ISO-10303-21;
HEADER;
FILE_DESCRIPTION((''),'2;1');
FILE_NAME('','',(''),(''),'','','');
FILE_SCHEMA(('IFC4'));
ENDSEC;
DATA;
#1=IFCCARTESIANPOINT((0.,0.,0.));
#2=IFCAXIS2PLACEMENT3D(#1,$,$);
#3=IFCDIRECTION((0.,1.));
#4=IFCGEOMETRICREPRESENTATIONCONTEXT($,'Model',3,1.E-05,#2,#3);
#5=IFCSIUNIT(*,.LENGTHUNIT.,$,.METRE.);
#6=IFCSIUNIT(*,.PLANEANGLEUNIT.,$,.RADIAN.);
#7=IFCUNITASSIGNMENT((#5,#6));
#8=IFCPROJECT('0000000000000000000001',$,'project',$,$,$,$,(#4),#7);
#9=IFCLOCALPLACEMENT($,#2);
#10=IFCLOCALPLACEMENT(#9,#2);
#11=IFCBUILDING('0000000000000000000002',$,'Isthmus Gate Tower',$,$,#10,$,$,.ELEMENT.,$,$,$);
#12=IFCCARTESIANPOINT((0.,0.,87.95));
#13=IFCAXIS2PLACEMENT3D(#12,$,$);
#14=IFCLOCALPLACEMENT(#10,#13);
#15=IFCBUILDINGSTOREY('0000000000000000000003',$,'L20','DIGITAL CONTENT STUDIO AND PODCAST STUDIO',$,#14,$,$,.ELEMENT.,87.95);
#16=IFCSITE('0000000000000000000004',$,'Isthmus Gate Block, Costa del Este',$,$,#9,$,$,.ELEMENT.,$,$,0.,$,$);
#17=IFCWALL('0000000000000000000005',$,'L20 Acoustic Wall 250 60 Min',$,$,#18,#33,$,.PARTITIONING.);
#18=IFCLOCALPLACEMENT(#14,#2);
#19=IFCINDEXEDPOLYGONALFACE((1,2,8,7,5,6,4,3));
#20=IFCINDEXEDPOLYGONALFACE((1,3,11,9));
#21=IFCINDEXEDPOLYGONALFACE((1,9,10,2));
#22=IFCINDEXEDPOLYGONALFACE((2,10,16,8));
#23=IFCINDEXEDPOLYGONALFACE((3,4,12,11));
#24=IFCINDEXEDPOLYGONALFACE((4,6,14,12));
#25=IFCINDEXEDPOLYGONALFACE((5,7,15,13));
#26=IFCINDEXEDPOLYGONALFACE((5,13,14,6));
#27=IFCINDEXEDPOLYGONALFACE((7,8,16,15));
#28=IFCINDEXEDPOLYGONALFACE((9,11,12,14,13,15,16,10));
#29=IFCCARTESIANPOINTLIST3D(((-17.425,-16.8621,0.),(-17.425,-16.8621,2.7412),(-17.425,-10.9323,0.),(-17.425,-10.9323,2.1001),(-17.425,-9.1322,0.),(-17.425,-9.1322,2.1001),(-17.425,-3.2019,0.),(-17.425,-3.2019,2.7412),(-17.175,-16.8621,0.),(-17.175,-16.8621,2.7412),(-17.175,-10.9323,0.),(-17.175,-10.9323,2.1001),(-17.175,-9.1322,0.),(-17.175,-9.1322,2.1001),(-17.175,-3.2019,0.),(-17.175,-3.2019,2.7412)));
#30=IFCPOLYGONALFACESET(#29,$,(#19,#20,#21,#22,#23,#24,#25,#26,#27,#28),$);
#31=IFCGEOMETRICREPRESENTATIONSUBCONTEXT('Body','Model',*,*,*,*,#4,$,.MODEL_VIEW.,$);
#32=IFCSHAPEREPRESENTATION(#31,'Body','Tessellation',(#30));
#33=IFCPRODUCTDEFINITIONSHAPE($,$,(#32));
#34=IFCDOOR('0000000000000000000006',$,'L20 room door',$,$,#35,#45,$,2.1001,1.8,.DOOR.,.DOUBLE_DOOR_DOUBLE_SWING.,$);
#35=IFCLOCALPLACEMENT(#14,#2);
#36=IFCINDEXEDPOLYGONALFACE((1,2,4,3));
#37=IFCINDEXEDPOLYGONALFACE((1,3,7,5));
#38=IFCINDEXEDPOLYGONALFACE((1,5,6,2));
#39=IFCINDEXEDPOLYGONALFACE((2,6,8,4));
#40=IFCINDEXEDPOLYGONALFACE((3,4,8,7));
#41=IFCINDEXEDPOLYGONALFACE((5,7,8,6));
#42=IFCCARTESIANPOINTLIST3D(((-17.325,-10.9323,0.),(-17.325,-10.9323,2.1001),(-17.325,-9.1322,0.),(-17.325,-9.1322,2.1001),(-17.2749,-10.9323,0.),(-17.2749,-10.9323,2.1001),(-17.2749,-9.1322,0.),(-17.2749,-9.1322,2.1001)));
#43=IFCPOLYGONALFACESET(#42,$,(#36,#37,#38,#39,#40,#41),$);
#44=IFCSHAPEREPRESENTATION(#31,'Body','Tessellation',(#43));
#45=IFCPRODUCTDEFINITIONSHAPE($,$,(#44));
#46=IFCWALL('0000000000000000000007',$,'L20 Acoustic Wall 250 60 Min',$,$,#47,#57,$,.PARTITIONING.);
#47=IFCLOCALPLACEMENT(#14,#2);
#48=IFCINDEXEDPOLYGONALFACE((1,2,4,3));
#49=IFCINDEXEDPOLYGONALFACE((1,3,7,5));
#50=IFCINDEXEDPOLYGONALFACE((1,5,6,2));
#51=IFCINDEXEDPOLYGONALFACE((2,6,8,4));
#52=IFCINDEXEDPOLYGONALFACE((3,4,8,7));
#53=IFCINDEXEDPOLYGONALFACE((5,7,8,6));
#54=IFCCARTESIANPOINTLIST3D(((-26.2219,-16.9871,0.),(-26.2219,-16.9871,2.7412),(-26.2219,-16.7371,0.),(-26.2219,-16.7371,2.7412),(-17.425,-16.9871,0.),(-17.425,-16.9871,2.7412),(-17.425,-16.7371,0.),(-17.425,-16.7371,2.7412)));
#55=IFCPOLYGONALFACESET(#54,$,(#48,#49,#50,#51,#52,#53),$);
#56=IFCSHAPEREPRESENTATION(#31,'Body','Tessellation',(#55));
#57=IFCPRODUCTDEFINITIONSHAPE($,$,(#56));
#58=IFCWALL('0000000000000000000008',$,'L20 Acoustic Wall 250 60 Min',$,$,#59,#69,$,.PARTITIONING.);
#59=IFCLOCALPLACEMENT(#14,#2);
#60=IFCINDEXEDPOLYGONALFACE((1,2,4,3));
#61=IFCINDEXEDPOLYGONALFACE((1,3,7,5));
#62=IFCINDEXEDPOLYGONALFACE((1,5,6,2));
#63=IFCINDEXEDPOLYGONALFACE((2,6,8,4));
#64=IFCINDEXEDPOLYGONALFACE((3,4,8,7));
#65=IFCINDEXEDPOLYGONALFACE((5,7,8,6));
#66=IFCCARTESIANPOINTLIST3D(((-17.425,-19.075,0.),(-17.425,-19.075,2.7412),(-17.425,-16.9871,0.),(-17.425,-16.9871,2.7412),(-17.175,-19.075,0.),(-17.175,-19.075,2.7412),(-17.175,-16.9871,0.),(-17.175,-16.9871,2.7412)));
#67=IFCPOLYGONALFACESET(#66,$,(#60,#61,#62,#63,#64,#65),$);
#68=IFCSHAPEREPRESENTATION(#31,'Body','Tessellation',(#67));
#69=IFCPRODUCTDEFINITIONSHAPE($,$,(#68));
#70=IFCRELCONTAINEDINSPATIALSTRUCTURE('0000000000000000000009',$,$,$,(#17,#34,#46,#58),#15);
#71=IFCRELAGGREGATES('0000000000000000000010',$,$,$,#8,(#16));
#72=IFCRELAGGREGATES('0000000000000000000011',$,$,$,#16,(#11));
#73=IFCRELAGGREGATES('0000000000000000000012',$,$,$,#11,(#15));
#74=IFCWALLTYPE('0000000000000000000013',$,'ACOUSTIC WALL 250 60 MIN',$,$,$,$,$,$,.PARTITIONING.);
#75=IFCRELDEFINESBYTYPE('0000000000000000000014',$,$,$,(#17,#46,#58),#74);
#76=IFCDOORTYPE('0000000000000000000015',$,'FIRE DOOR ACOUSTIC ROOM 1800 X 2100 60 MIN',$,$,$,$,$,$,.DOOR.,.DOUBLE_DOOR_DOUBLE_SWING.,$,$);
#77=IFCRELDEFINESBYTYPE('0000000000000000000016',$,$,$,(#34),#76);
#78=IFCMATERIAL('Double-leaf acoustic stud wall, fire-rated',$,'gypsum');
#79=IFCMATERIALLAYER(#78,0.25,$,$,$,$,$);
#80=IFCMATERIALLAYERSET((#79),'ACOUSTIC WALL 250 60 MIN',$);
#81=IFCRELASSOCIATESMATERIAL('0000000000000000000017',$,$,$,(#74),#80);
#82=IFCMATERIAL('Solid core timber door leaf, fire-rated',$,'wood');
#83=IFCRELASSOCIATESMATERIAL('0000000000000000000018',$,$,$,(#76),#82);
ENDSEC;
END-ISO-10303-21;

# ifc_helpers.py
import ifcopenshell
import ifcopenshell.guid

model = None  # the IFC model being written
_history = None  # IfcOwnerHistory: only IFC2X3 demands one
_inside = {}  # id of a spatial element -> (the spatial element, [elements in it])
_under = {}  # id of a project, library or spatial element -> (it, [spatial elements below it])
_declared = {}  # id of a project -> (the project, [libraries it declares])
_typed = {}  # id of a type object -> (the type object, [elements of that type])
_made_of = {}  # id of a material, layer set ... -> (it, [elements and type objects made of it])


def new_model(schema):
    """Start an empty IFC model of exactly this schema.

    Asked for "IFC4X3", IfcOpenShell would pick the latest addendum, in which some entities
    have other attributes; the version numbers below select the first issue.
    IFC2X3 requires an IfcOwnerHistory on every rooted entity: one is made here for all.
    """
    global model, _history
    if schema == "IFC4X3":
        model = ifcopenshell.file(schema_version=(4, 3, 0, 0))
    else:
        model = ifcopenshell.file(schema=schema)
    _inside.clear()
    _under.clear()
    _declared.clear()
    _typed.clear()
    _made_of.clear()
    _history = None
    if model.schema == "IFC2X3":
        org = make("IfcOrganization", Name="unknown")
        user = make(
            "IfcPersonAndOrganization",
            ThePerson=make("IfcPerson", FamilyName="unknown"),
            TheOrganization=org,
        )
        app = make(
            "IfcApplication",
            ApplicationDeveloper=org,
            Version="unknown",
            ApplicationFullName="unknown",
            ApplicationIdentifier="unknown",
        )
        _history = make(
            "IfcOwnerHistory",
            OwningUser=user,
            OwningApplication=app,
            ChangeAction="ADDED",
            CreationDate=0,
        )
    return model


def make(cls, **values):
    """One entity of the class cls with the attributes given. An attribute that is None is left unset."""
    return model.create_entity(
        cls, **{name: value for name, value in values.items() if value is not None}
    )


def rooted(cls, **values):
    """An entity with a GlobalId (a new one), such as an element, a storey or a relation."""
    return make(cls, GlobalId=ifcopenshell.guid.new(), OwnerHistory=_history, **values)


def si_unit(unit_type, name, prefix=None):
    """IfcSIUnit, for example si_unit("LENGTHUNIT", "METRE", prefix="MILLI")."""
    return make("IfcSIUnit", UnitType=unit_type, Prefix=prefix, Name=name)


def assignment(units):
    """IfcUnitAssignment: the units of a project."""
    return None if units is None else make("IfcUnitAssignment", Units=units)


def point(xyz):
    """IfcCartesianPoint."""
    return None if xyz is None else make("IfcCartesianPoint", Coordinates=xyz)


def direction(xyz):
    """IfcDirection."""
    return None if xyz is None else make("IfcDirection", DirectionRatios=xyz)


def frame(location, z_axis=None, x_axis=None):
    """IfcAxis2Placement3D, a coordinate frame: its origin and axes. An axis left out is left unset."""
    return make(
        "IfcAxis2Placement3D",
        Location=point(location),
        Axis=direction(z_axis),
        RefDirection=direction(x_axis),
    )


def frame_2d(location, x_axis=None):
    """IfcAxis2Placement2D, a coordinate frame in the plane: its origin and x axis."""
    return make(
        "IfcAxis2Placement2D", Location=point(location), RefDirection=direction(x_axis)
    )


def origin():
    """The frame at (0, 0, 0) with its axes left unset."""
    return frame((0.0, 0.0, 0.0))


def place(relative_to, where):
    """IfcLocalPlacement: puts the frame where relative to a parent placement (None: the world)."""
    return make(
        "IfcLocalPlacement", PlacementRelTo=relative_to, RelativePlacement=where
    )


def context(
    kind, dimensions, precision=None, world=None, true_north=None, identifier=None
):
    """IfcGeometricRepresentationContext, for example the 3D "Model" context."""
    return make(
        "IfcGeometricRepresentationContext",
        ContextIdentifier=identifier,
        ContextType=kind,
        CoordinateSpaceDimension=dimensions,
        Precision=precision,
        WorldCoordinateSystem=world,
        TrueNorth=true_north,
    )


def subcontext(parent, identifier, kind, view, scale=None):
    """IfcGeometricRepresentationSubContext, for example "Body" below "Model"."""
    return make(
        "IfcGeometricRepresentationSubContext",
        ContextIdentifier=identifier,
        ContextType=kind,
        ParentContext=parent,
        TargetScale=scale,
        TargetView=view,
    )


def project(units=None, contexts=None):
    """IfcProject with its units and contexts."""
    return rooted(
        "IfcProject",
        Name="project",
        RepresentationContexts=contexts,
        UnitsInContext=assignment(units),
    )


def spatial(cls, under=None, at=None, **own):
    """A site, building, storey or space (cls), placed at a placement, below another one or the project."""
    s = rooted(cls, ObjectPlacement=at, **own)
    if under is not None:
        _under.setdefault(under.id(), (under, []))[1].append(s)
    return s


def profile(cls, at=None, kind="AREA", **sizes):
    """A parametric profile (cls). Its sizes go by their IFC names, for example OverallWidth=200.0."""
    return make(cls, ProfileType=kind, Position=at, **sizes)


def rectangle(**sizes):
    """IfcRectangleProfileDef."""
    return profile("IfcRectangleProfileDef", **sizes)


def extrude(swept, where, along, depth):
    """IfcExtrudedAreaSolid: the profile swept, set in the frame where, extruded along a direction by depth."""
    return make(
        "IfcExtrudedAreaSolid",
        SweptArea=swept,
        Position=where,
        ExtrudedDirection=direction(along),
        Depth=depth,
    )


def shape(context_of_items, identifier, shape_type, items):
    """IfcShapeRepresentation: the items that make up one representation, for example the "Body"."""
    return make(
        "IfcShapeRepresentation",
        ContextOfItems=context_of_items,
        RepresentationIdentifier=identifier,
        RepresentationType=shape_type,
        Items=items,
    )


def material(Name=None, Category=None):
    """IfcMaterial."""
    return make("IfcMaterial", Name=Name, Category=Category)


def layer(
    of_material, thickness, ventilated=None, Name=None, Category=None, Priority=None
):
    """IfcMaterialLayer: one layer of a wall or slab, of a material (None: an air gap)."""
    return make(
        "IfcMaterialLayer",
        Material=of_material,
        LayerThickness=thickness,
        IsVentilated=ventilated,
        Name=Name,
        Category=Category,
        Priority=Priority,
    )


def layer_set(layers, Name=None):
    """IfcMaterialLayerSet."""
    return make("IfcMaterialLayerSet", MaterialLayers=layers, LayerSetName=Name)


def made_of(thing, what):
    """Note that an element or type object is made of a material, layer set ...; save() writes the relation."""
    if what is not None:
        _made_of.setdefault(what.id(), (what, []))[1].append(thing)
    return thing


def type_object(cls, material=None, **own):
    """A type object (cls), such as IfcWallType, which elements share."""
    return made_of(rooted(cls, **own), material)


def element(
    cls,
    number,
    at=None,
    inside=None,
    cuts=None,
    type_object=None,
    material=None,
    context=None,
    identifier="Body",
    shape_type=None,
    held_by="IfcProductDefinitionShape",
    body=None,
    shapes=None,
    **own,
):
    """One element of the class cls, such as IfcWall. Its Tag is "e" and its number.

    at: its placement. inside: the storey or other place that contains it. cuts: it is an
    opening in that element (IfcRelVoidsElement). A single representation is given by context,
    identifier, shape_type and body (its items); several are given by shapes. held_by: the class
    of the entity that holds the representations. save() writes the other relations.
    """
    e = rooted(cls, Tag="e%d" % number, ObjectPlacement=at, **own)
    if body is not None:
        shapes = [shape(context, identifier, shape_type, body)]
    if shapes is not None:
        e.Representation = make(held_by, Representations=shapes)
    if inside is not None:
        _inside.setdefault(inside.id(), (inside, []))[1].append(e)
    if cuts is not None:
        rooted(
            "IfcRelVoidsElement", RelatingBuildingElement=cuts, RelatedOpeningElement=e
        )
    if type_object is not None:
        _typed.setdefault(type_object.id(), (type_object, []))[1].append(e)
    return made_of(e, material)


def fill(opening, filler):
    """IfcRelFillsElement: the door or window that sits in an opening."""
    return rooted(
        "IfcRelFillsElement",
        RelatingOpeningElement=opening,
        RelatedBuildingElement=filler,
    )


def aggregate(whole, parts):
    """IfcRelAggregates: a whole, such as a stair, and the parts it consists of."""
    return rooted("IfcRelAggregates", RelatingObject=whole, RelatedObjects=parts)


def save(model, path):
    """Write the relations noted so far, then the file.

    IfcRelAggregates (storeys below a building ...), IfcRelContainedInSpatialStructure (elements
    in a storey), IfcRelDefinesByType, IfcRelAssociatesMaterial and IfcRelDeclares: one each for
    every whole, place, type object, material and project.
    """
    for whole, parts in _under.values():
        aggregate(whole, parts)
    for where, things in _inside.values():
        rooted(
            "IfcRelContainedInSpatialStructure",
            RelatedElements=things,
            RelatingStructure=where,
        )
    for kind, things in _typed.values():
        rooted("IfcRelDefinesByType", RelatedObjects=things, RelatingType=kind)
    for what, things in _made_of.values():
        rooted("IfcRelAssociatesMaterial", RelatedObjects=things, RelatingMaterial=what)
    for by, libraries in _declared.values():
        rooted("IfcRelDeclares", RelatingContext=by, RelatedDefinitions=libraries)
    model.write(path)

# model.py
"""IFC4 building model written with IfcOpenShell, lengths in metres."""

from ifc_helpers import new_model, si_unit, direction, frame, frame_2d, origin, place, context, subcontext, project, spatial, rectangle, extrude, material, layer, layer_set, type_object, element, fill, save


model = new_model("IFC4")

# Units and contexts
model_context = context("Model", 3, precision=1e-05, world=origin(), true_north=direction((0.0, 1.0)))
body_context = subcontext(model_context, "Body", "Model", "MODEL_VIEW")
ifc_project = project(units=[si_unit("LENGTHUNIT", "METRE"), si_unit("PLANEANGLEUNIT", "RADIAN")], contexts=[model_context])

# Site, building, storey
site_placement = place(None, origin())
site = spatial("IfcSite", under=ifc_project, at=site_placement, Name="Isthmus Gate Block, Costa del Este", CompositionType="ELEMENT", RefElevation=0.0)
building_placement = place(site_placement, origin())
building = spatial("IfcBuilding", under=site, at=building_placement, Name="Isthmus Gate Tower", CompositionType="ELEMENT")
storey_placement = place(building_placement, frame((0.0, 0.0, 87.95)))
storey = spatial("IfcBuildingStorey", under=building, at=storey_placement, Name="L20", Description="DIGITAL CONTENT STUDIO AND PODCAST STUDIO", CompositionType="ELEMENT", Elevation=87.95)

# Shared definitions
ifc_material_1 = material(Name="Double-leaf acoustic stud wall, fire-rated", Category="gypsum")
ifc_layer_1 = layer(ifc_material_1, 0.25)
ifc_layer_set_1 = layer_set([ifc_layer_1], Name="ACOUSTIC WALL 250 60 MIN")
wall_type = type_object("IfcWallType", Name="ACOUSTIC WALL 250 60 MIN", PredefinedType="PARTITIONING", material=ifc_layer_set_1)

# Wall, opening, door
wall_1_placement = place(storey_placement, frame((-17.3, -16.8621, 0.0), z_axis=(0.0, 0.0, 1.0), x_axis=(0.0, 1.0, 0.0)))
wall_1 = element("IfcWall", 1, at=wall_1_placement, inside=storey, type_object=wall_type, Name="L20 Acoustic Wall 250 60 Min", PredefinedType="PARTITIONING", context=body_context, shape_type="SweptSolid", body=[
    extrude(rectangle(XDim=13.6602, YDim=0.25, at=frame_2d((6.8301, 0.0))), origin(), (0.0, 0.0, 1.0), 2.7412),
])
opening_placement = place(wall_1_placement, frame((5.9299, 0.0, 0.0)))
opening = element("IfcOpeningElement", 2, at=opening_placement, cuts=wall_1, PredefinedType="OPENING", context=body_context, shape_type="SweptSolid", body=[
    extrude(rectangle(XDim=1.8, YDim=2.1001, at=frame_2d((0.8999, 1.05))), frame((0.0, 0.135, 0.0), z_axis=(0.0, -1.0, 0.0), x_axis=(1.0, 0.0, 0.0)), (0.0, 0.0, 1.0), 0.27),
])
ifc_material_2 = material(Name="Solid core timber door leaf, fire-rated", Category="wood")
door_type = type_object("IfcDoorType", Name="FIRE DOOR ACOUSTIC ROOM 1800 X 2100 60 MIN", OperationType="DOUBLE_DOOR_DOUBLE_SWING", PredefinedType="DOOR", material=ifc_material_2)
door_placement = place(opening_placement, origin())
door = element("IfcDoor", 3, at=door_placement, inside=storey, type_object=door_type, Name="L20 room door", OperationType="DOUBLE_DOOR_DOUBLE_SWING", OverallHeight=2.1001, OverallWidth=1.8, PredefinedType="DOOR", context=body_context, shape_type="SweptSolid", body=[
    extrude(rectangle(XDim=1.8, YDim=2.1001, at=frame_2d((0.8999, 1.05))), frame((0.0, 0.0249, 0.0), z_axis=(0.0, -1.0, 0.0), x_axis=(1.0, 0.0, 0.0)), (0.0, 0.0, 1.0), 0.05),
])
fill(opening, door)

# Walls
wall_2_placement = place(storey_placement, frame((-26.2219, -16.8621, 0.0), z_axis=(0.0, 0.0, 1.0), x_axis=(1.0, 0.0, 0.0)))
element("IfcWall", 4, at=wall_2_placement, inside=storey, type_object=wall_type, Name="L20 Acoustic Wall 250 60 Min", PredefinedType="PARTITIONING", context=body_context, shape_type="SweptSolid", body=[
    extrude(rectangle(XDim=8.7969, YDim=0.25, at=frame_2d((4.3984, 0.0))), origin(), (0.0, 0.0, 1.0), 2.7412),
])
wall_3_placement = place(storey_placement, frame((-17.3, -19.075, 0.0), z_axis=(0.0, 0.0, 1.0), x_axis=(0.0, 1.0, 0.0)))
element("IfcWall", 5, at=wall_3_placement, inside=storey, type_object=wall_type, Name="L20 Acoustic Wall 250 60 Min", PredefinedType="PARTITIONING", context=body_context, shape_type="SweptSolid", body=[
    extrude(rectangle(XDim=2.0879, YDim=0.25, at=frame_2d((1.0439, 0.0))), origin(), (0.0, 0.0, 1.0), 2.7412),
])

save(model, "model.ifc")
